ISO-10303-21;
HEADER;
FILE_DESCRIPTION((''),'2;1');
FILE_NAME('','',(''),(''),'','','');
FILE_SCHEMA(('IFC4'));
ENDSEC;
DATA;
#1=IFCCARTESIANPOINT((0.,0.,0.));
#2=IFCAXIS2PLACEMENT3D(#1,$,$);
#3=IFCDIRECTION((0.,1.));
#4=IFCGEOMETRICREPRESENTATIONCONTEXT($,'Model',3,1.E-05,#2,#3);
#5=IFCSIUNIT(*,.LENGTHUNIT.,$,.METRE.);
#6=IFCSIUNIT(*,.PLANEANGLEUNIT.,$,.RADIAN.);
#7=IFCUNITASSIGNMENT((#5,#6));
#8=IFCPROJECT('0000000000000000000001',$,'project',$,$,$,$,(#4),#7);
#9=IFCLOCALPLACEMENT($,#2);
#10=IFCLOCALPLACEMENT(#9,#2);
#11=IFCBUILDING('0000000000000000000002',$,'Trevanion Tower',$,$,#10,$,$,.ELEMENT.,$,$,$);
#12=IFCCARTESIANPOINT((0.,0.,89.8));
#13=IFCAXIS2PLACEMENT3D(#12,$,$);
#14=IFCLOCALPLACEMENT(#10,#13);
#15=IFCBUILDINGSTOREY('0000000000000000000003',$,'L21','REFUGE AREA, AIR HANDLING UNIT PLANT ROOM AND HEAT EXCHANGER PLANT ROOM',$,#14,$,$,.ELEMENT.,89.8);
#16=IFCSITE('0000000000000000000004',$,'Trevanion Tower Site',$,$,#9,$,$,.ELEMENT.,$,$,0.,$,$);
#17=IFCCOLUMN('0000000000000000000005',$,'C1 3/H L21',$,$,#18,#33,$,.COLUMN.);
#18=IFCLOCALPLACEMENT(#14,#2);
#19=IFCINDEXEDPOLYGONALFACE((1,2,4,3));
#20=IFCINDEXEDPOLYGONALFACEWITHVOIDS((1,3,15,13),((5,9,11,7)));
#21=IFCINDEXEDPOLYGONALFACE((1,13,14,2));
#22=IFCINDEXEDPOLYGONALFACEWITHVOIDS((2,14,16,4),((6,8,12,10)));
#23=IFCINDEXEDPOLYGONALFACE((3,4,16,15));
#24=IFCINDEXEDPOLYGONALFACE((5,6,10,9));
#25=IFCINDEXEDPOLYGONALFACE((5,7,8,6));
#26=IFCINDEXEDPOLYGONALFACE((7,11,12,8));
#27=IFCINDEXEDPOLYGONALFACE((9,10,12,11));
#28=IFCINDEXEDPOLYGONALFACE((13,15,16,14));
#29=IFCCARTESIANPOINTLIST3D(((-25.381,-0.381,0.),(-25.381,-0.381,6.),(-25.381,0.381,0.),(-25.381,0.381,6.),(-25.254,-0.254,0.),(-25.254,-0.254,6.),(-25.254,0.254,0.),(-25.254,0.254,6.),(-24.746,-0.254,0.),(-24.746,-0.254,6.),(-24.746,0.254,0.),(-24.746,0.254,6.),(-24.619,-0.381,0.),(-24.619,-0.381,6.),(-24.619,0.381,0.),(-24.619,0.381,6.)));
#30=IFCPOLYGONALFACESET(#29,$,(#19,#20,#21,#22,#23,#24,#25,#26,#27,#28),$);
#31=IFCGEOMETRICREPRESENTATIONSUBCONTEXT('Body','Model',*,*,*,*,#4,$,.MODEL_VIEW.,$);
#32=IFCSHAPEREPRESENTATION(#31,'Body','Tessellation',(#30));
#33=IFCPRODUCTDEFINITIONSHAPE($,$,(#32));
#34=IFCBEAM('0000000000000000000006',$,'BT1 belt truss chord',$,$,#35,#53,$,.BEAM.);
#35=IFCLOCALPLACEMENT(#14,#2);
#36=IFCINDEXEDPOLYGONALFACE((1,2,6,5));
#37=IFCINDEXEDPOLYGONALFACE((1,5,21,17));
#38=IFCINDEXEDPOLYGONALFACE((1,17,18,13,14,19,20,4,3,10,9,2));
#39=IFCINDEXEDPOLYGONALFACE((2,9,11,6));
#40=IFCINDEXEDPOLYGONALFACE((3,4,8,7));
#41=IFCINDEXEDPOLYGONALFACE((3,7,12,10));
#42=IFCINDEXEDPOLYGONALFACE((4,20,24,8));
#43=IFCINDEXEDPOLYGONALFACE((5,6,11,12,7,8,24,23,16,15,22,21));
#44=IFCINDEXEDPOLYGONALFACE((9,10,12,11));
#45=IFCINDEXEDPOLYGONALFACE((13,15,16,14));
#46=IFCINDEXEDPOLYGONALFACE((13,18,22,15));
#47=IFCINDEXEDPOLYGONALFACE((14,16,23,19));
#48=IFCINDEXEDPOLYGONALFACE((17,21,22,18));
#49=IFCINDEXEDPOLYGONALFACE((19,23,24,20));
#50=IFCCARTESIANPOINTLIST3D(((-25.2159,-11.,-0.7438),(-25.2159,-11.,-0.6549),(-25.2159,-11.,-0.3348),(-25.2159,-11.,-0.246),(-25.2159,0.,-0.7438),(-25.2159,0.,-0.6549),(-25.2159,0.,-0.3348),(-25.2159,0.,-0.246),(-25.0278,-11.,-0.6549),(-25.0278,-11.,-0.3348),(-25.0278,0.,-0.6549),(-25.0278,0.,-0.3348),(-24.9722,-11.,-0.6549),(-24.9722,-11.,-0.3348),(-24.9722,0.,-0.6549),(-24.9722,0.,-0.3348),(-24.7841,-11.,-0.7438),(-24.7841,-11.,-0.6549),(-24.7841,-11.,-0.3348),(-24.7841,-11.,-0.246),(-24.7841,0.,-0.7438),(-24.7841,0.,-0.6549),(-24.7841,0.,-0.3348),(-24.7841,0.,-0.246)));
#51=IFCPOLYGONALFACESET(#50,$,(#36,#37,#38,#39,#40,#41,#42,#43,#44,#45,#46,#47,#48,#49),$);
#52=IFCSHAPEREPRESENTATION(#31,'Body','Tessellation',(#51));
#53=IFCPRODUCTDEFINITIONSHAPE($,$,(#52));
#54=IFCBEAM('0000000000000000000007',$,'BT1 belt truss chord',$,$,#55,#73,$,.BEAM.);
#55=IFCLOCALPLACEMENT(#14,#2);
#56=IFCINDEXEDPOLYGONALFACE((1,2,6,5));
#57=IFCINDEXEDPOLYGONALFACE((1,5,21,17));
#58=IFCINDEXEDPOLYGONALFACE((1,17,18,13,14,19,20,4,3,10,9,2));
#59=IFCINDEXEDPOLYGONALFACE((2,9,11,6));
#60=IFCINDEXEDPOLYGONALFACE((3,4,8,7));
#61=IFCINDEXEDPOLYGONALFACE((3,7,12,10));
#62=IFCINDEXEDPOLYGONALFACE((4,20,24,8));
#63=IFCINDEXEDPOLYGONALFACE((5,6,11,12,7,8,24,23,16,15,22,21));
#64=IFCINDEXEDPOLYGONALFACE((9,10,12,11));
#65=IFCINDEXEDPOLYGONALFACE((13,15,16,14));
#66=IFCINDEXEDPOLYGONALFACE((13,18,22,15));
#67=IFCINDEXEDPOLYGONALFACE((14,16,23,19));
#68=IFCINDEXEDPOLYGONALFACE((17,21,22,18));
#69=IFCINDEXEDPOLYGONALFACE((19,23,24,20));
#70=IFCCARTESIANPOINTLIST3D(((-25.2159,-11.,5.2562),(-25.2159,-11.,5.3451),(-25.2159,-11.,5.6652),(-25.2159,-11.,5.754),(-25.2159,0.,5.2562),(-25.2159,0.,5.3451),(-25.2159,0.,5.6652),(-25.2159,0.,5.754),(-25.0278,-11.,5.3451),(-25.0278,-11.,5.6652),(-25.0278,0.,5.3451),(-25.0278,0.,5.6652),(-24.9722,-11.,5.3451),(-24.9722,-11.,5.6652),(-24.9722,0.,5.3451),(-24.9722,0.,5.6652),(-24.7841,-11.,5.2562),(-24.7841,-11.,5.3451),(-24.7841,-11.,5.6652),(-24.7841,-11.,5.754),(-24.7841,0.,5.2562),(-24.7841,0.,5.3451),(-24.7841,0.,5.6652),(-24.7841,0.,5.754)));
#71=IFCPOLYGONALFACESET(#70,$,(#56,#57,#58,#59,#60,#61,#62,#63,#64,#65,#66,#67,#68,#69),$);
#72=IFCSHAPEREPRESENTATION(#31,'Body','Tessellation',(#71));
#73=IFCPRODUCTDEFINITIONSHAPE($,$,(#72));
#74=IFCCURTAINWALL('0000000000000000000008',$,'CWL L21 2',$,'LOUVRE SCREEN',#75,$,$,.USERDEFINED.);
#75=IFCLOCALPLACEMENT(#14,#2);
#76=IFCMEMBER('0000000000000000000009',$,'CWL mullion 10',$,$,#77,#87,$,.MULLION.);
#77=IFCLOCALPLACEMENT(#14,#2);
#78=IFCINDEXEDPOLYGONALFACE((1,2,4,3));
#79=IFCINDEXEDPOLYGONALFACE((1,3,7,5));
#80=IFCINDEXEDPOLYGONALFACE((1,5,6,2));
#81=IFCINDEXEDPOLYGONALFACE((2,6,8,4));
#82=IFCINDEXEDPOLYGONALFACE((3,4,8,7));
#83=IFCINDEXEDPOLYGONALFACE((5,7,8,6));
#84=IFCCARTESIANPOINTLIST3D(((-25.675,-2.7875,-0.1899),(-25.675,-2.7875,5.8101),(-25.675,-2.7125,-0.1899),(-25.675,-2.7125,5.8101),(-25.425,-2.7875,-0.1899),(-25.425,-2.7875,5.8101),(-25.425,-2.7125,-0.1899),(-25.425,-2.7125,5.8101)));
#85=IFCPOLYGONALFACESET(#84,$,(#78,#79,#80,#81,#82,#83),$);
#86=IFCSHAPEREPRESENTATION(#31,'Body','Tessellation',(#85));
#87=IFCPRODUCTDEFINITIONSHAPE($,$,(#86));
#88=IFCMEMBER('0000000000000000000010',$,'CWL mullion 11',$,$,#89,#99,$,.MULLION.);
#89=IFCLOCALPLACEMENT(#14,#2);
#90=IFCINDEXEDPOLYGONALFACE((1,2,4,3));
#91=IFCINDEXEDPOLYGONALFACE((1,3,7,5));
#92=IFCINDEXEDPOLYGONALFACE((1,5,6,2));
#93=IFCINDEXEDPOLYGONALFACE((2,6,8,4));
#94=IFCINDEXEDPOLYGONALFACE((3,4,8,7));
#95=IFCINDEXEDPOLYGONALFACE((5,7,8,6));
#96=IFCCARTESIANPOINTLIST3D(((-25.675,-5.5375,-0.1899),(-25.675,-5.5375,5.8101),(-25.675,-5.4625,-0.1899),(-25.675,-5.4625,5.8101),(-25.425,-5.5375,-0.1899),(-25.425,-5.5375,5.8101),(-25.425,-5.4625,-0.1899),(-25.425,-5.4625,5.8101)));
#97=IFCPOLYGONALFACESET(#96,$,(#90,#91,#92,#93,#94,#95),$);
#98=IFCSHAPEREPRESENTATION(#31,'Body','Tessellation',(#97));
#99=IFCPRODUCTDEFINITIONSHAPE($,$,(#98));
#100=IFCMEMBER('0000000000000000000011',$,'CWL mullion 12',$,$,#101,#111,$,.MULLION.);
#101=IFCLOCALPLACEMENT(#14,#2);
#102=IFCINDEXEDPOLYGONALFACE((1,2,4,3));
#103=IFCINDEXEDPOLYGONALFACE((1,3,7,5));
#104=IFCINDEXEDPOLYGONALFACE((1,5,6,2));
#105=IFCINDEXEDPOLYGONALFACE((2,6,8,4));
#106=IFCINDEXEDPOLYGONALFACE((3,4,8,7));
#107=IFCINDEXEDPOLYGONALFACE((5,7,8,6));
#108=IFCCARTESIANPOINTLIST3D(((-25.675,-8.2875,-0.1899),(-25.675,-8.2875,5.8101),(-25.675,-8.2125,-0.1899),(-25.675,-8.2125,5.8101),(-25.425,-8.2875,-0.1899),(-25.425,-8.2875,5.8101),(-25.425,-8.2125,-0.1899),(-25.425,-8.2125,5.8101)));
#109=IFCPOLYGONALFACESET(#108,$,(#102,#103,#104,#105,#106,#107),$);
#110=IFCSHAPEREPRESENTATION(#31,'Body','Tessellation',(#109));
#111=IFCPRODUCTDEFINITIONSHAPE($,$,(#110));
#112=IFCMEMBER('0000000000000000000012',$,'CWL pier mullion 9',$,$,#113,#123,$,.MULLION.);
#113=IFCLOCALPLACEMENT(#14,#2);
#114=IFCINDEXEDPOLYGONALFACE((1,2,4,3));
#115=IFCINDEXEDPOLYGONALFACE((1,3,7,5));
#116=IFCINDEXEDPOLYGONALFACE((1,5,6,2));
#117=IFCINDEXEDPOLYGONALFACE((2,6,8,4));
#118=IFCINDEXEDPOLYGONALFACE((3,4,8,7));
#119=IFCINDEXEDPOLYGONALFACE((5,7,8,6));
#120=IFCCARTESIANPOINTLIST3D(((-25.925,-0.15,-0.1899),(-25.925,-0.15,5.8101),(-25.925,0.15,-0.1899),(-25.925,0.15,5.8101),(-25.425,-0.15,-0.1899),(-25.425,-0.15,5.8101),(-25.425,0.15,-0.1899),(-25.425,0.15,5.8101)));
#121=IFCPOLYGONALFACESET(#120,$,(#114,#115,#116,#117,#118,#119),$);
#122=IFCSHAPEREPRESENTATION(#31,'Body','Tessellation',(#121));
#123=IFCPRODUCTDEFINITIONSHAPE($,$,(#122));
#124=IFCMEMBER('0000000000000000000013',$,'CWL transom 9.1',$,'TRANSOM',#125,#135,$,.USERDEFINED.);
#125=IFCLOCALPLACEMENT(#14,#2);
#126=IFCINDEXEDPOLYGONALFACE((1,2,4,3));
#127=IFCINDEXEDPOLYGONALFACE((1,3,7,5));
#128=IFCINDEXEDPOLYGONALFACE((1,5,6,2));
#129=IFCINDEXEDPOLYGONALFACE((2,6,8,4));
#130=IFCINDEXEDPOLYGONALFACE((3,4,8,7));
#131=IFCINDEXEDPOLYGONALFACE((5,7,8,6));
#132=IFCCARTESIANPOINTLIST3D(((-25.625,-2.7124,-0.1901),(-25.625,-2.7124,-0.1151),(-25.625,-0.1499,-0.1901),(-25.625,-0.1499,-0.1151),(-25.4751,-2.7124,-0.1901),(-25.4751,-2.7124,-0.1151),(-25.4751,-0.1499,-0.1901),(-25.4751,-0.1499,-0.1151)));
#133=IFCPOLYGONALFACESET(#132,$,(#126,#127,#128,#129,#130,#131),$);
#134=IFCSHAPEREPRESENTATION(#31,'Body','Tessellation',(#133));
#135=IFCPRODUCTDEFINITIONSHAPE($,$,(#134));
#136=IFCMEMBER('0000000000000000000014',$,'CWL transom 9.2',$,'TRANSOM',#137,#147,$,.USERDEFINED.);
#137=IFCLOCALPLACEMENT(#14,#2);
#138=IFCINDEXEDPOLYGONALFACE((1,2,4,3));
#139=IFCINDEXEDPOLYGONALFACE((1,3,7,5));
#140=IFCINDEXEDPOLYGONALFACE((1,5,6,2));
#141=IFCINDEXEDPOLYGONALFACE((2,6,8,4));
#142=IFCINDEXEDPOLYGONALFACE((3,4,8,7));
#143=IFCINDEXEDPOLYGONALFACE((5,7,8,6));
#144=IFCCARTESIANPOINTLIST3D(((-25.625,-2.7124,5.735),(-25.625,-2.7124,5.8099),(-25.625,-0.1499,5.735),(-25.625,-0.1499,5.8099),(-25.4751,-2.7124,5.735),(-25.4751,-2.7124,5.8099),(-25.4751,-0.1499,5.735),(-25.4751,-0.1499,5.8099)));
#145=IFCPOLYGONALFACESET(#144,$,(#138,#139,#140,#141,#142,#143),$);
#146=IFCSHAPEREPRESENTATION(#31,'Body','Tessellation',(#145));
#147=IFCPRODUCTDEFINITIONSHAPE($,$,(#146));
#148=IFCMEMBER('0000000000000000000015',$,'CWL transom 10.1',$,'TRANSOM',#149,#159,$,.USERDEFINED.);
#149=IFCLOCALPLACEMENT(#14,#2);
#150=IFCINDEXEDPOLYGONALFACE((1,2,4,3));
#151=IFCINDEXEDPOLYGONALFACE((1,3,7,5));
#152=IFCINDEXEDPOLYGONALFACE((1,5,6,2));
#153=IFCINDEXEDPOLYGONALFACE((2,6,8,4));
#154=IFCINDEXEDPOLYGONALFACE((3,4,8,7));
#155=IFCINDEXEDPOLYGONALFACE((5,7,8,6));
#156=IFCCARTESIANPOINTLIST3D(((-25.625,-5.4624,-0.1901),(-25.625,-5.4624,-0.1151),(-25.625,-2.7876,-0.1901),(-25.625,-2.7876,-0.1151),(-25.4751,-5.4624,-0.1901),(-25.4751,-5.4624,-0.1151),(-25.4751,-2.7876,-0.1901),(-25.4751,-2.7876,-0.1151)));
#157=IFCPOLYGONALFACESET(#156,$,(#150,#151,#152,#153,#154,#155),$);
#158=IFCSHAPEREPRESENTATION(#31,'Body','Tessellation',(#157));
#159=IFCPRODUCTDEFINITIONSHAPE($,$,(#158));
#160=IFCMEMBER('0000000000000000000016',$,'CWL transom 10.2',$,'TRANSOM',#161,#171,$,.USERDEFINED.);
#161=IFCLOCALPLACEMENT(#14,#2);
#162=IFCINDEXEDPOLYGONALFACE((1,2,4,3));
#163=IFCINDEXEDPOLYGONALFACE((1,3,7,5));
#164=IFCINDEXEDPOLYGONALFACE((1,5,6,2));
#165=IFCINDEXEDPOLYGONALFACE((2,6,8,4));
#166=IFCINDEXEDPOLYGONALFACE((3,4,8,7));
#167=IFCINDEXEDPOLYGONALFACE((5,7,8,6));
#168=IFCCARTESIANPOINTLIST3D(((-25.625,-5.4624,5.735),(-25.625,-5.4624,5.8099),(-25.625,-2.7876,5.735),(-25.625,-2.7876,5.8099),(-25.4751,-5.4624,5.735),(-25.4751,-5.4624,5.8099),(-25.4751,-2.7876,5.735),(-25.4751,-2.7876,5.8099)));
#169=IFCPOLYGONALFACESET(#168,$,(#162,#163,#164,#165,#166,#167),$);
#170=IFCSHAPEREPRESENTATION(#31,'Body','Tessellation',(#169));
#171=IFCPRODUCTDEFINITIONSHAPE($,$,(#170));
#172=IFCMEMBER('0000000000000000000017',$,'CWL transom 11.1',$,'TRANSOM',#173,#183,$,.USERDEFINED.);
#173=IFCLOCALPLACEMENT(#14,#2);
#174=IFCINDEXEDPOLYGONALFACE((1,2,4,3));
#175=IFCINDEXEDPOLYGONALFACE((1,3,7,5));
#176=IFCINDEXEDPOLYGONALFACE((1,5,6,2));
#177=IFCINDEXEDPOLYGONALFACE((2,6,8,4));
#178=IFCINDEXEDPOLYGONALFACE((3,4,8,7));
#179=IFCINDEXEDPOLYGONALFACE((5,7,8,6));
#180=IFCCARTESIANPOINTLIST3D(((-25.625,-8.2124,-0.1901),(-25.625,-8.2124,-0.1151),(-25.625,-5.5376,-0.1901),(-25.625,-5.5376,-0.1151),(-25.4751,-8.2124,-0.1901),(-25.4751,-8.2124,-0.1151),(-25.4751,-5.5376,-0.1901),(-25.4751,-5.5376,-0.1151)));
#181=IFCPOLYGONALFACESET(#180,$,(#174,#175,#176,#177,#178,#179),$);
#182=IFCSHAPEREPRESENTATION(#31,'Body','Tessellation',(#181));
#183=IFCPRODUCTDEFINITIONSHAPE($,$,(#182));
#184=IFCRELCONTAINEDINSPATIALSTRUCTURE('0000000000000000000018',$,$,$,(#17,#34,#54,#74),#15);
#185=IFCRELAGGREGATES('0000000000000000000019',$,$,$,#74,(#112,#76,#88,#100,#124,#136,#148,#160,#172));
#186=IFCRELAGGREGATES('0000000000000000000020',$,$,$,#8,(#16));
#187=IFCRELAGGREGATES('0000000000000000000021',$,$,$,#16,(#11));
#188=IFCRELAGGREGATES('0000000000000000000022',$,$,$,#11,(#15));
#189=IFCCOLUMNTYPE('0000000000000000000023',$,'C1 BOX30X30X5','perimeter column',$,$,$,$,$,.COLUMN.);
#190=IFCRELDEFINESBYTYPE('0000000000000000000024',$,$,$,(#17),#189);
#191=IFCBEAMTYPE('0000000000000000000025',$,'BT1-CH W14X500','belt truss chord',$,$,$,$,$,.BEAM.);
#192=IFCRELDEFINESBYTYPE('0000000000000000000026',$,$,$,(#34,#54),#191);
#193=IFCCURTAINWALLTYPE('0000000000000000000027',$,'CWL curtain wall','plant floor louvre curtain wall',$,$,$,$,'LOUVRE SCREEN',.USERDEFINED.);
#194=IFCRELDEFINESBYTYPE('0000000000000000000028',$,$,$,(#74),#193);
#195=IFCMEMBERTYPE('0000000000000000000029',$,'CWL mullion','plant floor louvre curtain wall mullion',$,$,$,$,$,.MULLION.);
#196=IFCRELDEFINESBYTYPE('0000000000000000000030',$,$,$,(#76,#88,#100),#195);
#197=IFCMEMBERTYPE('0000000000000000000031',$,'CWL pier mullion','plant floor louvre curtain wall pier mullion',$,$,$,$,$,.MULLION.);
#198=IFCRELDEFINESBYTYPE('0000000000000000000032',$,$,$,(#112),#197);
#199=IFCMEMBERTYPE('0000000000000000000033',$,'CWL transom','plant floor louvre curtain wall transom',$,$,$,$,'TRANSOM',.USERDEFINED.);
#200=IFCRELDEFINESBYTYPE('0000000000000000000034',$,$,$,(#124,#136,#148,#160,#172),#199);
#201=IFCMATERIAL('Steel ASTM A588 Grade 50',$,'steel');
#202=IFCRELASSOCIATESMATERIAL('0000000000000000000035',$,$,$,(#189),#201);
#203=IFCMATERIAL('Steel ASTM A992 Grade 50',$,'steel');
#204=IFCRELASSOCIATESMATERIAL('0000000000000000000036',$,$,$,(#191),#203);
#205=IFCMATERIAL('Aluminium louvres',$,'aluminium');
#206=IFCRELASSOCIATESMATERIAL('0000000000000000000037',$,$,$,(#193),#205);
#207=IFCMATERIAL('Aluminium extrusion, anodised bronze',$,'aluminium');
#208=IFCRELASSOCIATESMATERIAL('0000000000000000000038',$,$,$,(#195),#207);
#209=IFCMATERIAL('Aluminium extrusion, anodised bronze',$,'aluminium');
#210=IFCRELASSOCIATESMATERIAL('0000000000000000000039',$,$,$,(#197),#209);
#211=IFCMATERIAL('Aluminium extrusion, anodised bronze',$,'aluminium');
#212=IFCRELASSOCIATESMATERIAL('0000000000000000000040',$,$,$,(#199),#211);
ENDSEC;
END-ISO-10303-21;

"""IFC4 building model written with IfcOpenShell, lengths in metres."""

from ifc_helpers import new_model, si_unit, direction, frame, origin, origin_2d, place, context, subcontext, project, spatial, rectangle, hollow_rectangle, i_section, extrude, material, material_profile, profile_set, type_object, element, aggregate, save


model = new_model("IFC4")

# Units and contexts
model_context = context("Model", 3, precision=1e-05, world=origin(), true_north=direction((0.0, 1.0)))
body_context = subcontext(model_context, "Body", "Model", "MODEL_VIEW")
ifc_project = project(units=[si_unit("LENGTHUNIT", "METRE"), si_unit("PLANEANGLEUNIT", "RADIAN")], contexts=[model_context])

# Site, building, storey
site_placement = place(None, origin())
site = spatial("IfcSite", under=ifc_project, at=site_placement, Name="Trevanion Tower Site", CompositionType="ELEMENT", RefElevation=0.0)
building_placement = place(site_placement, origin())
building = spatial("IfcBuilding", under=site, at=building_placement, Name="Trevanion Tower", CompositionType="ELEMENT")
storey_placement = place(building_placement, frame((0.0, 0.0, 89.8)))
storey = spatial("IfcBuildingStorey", under=building, at=storey_placement, Name="L21", Description="REFUGE AREA, AIR HANDLING UNIT PLANT ROOM AND HEAT EXCHANGER PLANT ROOM", CompositionType="ELEMENT", Elevation=89.8)

# Column
ifc_material_1 = material(Name="Steel ASTM A588 Grade 50", Category="steel")
ifc_material_profile_1 = material_profile(ifc_material_1, hollow_rectangle(XDim=0.762, YDim=0.762, WallThickness=0.127, at=origin_2d()), Name="BOX30X30X5")
ifc_profile_set_1 = profile_set([ifc_material_profile_1], Name="Steel ASTM A588 Grade 50")
column_type = type_object("IfcColumnType", Name="C1 BOX30X30X5", Description="perimeter column", PredefinedType="COLUMN", material=ifc_profile_set_1)
column_placement = place(storey_placement, frame((-25.0, 0.0, 0.0), z_axis=(0.0, 0.0, 1.0), x_axis=(0.0, 1.0, 0.0)))
element("IfcColumn", 1, at=column_placement, inside=storey, type_object=column_type, Name="C1 3/H L21", PredefinedType="COLUMN", context=body_context, shape_type="SweptSolid", body=[
    extrude(hollow_rectangle(XDim=0.762, YDim=0.762, WallThickness=0.127, at=origin_2d()), origin(), (0.0, 0.0, 1.0), 6.0),
])

# Beams
ifc_material_2 = material(Name="Steel ASTM A992 Grade 50", Category="steel")
ifc_material_profile_2 = material_profile(ifc_material_2, i_section(OverallWidth=0.4319, OverallDepth=0.4978, WebThickness=0.0557, FlangeThickness=0.0889, at=origin_2d()), Name="W14X500")
ifc_profile_set_2 = profile_set([ifc_material_profile_2], Name="Steel ASTM A992 Grade 50")
beam_type_1 = type_object("IfcBeamType", Name="BT1-CH W14X500", Description="belt truss chord", PredefinedType="BEAM", material=ifc_profile_set_2)
for number, where, z_axis, x_axis, name in (
    (2, (-25.0, 0.0, -0.4949), (0.0, -1.0, 0.0), (1.0, 0.0, 0.0), "BT1 belt truss chord"),
    (3, (-25.0, 0.0, 5.5051), (0.0, -1.0, 0.0), (1.0, 0.0, 0.0), "BT1 belt truss chord"),
):
    element("IfcBeam", number, at=place(storey_placement, frame(where, z_axis=z_axis, x_axis=x_axis)), inside=storey, type_object=beam_type_1, Name=name, PredefinedType="BEAM", context=body_context, shape_type="SweptSolid", body=[
        extrude(i_section(OverallWidth=0.4319, OverallDepth=0.4978, WebThickness=0.0557, FlangeThickness=0.0889, at=origin_2d()), origin(), (0.0, 0.0, 1.0), 11.0),
    ])

# Curtain wall, members
ifc_material_3 = material(Name="Aluminium louvres", Category="aluminium")
curtain_wall_type = type_object("IfcCurtainWallType", Name="CWL curtain wall", Description="plant floor louvre curtain wall", ElementType="LOUVRE SCREEN", PredefinedType="USERDEFINED", material=ifc_material_3)
curtain_wall_placement = place(storey_placement, origin())
curtain_wall = element("IfcCurtainWall", 4, at=curtain_wall_placement, inside=storey, type_object=curtain_wall_type, Name="CWL L21 2", ObjectType="LOUVRE SCREEN", PredefinedType="USERDEFINED")
ifc_material_4 = material(Name="Aluminium extrusion, anodised bronze", Category="aluminium")
ifc_material_profile_3 = material_profile(ifc_material_4, rectangle(XDim=0.075, YDim=0.25, at=origin_2d()), Name="CWL mullion")
ifc_profile_set_3 = profile_set([ifc_material_profile_3], Name="Aluminium extrusion, anodised bronze")
member_type_1 = type_object("IfcMemberType", Name="CWL mullion", Description="plant floor louvre curtain wall mullion", PredefinedType="MULLION", material=ifc_profile_set_3)
member_1_placement = place(storey_placement, frame((-25.55, -2.75, -0.1899), z_axis=(0.0, 0.0, 1.0), x_axis=(0.0, -1.0, 0.0)))
member_1 = element("IfcMember", 5, at=member_1_placement, type_object=member_type_1, Name="CWL mullion 10", PredefinedType="MULLION", context=body_context, shape_type="SweptSolid", body=[
    extrude(rectangle(XDim=0.075, YDim=0.25, at=origin_2d()), origin(), (0.0, 0.0, 1.0), 6.0),
])
member_2_placement = place(storey_placement, frame((-25.55, -5.5, -0.1899), z_axis=(0.0, 0.0, 1.0), x_axis=(0.0, -1.0, 0.0)))
member_2 = element("IfcMember", 6, at=member_2_placement, type_object=member_type_1, Name="CWL mullion 11", PredefinedType="MULLION", context=body_context, shape_type="SweptSolid", body=[
    extrude(rectangle(XDim=0.075, YDim=0.25, at=origin_2d()), origin(), (0.0, 0.0, 1.0), 6.0),
])
member_3_placement = place(storey_placement, frame((-25.55, -8.25, -0.1899), z_axis=(0.0, 0.0, 1.0), x_axis=(0.0, -1.0, 0.0)))
member_3 = element("IfcMember", 7, at=member_3_placement, type_object=member_type_1, Name="CWL mullion 12", PredefinedType="MULLION", context=body_context, shape_type="SweptSolid", body=[
    extrude(rectangle(XDim=0.075, YDim=0.25, at=origin_2d()), origin(), (0.0, 0.0, 1.0), 6.0),
])
ifc_material_5 = material(Name="Aluminium extrusion, anodised bronze", Category="aluminium")
ifc_material_profile_4 = material_profile(ifc_material_5, rectangle(XDim=0.3, YDim=0.5, at=origin_2d()), Name="CWL pier mullion")
ifc_profile_set_4 = profile_set([ifc_material_profile_4], Name="Aluminium extrusion, anodised bronze")
member_type_2 = type_object("IfcMemberType", Name="CWL pier mullion", Description="plant floor louvre curtain wall pier mullion", PredefinedType="MULLION", material=ifc_profile_set_4)
member_4_placement = place(storey_placement, frame((-25.675, 0.0, -0.1899), z_axis=(0.0, 0.0, 1.0), x_axis=(0.0, -1.0, 0.0)))
member_4 = element("IfcMember", 8, at=member_4_placement, type_object=member_type_2, Name="CWL pier mullion 9", PredefinedType="MULLION", context=body_context, shape_type="SweptSolid", body=[
    extrude(rectangle(XDim=0.3, YDim=0.5, at=origin_2d()), origin(), (0.0, 0.0, 1.0), 6.0),
])
ifc_material_6 = material(Name="Aluminium extrusion, anodised bronze", Category="aluminium")
ifc_material_profile_5 = material_profile(ifc_material_6, rectangle(XDim=0.1499, YDim=0.075, at=origin_2d()), Name="CWL transom")
ifc_profile_set_5 = profile_set([ifc_material_profile_5], Name="Aluminium extrusion, anodised bronze")
member_type_3 = type_object("IfcMemberType", Name="CWL transom", Description="plant floor louvre curtain wall transom", ElementType="TRANSOM", PredefinedType="USERDEFINED", material=ifc_profile_set_5)
member_5_placement = place(storey_placement, frame((-25.55, -0.1499, -0.1526), z_axis=(0.0, -1.0, 0.0), x_axis=(1.0, 0.0, 0.0)))
member_5 = element("IfcMember", 9, at=member_5_placement, type_object=member_type_3, Name="CWL transom 9.1", ObjectType="TRANSOM", PredefinedType="USERDEFINED", context=body_context, shape_type="SweptSolid", body=[
    extrude(rectangle(XDim=0.1499, YDim=0.075, at=origin_2d()), origin(), (0.0, 0.0, 1.0), 2.5625),
])
member_6_placement = place(storey_placement, frame((-25.55, -0.1499, 5.7725), z_axis=(0.0, -1.0, 0.0), x_axis=(1.0, 0.0, 0.0)))
member_6 = element("IfcMember", 10, at=member_6_placement, type_object=member_type_3, Name="CWL transom 9.2", ObjectType="TRANSOM", PredefinedType="USERDEFINED", context=body_context, shape_type="SweptSolid", body=[
    extrude(rectangle(XDim=0.1499, YDim=0.075, at=origin_2d()), origin(), (0.0, 0.0, 1.0), 2.5625),
])
member_7_placement = place(storey_placement, frame((-25.55, -2.7876, -0.1526), z_axis=(0.0, -1.0, 0.0), x_axis=(1.0, 0.0, 0.0)))
member_7 = element("IfcMember", 11, at=member_7_placement, type_object=member_type_3, Name="CWL transom 10.1", ObjectType="TRANSOM", PredefinedType="USERDEFINED", context=body_context, shape_type="SweptSolid", body=[
    extrude(rectangle(XDim=0.1499, YDim=0.075, at=origin_2d()), origin(), (0.0, 0.0, 1.0), 2.6748),
])
member_8_placement = place(storey_placement, frame((-25.55, -2.7876, 5.7725), z_axis=(0.0, -1.0, 0.0), x_axis=(1.0, 0.0, 0.0)))
member_8 = element("IfcMember", 12, at=member_8_placement, type_object=member_type_3, Name="CWL transom 10.2", ObjectType="TRANSOM", PredefinedType="USERDEFINED", context=body_context, shape_type="SweptSolid", body=[
    extrude(rectangle(XDim=0.1499, YDim=0.075, at=origin_2d()), origin(), (0.0, 0.0, 1.0), 2.6748),
])
member_9_placement = place(storey_placement, frame((-25.55, -5.5376, -0.1526), z_axis=(0.0, -1.0, 0.0), x_axis=(1.0, 0.0, 0.0)))
member_9 = element("IfcMember", 13, at=member_9_placement, type_object=member_type_3, Name="CWL transom 11.1", ObjectType="TRANSOM", PredefinedType="USERDEFINED", context=body_context, shape_type="SweptSolid", body=[
    extrude(rectangle(XDim=0.1499, YDim=0.075, at=origin_2d()), origin(), (0.0, 0.0, 1.0), 2.6748),
])

aggregate(curtain_wall, [member_4, member_1, member_2, member_3, member_5, member_6, member_7, member_8, member_9])

save(model, "model.ifc")
